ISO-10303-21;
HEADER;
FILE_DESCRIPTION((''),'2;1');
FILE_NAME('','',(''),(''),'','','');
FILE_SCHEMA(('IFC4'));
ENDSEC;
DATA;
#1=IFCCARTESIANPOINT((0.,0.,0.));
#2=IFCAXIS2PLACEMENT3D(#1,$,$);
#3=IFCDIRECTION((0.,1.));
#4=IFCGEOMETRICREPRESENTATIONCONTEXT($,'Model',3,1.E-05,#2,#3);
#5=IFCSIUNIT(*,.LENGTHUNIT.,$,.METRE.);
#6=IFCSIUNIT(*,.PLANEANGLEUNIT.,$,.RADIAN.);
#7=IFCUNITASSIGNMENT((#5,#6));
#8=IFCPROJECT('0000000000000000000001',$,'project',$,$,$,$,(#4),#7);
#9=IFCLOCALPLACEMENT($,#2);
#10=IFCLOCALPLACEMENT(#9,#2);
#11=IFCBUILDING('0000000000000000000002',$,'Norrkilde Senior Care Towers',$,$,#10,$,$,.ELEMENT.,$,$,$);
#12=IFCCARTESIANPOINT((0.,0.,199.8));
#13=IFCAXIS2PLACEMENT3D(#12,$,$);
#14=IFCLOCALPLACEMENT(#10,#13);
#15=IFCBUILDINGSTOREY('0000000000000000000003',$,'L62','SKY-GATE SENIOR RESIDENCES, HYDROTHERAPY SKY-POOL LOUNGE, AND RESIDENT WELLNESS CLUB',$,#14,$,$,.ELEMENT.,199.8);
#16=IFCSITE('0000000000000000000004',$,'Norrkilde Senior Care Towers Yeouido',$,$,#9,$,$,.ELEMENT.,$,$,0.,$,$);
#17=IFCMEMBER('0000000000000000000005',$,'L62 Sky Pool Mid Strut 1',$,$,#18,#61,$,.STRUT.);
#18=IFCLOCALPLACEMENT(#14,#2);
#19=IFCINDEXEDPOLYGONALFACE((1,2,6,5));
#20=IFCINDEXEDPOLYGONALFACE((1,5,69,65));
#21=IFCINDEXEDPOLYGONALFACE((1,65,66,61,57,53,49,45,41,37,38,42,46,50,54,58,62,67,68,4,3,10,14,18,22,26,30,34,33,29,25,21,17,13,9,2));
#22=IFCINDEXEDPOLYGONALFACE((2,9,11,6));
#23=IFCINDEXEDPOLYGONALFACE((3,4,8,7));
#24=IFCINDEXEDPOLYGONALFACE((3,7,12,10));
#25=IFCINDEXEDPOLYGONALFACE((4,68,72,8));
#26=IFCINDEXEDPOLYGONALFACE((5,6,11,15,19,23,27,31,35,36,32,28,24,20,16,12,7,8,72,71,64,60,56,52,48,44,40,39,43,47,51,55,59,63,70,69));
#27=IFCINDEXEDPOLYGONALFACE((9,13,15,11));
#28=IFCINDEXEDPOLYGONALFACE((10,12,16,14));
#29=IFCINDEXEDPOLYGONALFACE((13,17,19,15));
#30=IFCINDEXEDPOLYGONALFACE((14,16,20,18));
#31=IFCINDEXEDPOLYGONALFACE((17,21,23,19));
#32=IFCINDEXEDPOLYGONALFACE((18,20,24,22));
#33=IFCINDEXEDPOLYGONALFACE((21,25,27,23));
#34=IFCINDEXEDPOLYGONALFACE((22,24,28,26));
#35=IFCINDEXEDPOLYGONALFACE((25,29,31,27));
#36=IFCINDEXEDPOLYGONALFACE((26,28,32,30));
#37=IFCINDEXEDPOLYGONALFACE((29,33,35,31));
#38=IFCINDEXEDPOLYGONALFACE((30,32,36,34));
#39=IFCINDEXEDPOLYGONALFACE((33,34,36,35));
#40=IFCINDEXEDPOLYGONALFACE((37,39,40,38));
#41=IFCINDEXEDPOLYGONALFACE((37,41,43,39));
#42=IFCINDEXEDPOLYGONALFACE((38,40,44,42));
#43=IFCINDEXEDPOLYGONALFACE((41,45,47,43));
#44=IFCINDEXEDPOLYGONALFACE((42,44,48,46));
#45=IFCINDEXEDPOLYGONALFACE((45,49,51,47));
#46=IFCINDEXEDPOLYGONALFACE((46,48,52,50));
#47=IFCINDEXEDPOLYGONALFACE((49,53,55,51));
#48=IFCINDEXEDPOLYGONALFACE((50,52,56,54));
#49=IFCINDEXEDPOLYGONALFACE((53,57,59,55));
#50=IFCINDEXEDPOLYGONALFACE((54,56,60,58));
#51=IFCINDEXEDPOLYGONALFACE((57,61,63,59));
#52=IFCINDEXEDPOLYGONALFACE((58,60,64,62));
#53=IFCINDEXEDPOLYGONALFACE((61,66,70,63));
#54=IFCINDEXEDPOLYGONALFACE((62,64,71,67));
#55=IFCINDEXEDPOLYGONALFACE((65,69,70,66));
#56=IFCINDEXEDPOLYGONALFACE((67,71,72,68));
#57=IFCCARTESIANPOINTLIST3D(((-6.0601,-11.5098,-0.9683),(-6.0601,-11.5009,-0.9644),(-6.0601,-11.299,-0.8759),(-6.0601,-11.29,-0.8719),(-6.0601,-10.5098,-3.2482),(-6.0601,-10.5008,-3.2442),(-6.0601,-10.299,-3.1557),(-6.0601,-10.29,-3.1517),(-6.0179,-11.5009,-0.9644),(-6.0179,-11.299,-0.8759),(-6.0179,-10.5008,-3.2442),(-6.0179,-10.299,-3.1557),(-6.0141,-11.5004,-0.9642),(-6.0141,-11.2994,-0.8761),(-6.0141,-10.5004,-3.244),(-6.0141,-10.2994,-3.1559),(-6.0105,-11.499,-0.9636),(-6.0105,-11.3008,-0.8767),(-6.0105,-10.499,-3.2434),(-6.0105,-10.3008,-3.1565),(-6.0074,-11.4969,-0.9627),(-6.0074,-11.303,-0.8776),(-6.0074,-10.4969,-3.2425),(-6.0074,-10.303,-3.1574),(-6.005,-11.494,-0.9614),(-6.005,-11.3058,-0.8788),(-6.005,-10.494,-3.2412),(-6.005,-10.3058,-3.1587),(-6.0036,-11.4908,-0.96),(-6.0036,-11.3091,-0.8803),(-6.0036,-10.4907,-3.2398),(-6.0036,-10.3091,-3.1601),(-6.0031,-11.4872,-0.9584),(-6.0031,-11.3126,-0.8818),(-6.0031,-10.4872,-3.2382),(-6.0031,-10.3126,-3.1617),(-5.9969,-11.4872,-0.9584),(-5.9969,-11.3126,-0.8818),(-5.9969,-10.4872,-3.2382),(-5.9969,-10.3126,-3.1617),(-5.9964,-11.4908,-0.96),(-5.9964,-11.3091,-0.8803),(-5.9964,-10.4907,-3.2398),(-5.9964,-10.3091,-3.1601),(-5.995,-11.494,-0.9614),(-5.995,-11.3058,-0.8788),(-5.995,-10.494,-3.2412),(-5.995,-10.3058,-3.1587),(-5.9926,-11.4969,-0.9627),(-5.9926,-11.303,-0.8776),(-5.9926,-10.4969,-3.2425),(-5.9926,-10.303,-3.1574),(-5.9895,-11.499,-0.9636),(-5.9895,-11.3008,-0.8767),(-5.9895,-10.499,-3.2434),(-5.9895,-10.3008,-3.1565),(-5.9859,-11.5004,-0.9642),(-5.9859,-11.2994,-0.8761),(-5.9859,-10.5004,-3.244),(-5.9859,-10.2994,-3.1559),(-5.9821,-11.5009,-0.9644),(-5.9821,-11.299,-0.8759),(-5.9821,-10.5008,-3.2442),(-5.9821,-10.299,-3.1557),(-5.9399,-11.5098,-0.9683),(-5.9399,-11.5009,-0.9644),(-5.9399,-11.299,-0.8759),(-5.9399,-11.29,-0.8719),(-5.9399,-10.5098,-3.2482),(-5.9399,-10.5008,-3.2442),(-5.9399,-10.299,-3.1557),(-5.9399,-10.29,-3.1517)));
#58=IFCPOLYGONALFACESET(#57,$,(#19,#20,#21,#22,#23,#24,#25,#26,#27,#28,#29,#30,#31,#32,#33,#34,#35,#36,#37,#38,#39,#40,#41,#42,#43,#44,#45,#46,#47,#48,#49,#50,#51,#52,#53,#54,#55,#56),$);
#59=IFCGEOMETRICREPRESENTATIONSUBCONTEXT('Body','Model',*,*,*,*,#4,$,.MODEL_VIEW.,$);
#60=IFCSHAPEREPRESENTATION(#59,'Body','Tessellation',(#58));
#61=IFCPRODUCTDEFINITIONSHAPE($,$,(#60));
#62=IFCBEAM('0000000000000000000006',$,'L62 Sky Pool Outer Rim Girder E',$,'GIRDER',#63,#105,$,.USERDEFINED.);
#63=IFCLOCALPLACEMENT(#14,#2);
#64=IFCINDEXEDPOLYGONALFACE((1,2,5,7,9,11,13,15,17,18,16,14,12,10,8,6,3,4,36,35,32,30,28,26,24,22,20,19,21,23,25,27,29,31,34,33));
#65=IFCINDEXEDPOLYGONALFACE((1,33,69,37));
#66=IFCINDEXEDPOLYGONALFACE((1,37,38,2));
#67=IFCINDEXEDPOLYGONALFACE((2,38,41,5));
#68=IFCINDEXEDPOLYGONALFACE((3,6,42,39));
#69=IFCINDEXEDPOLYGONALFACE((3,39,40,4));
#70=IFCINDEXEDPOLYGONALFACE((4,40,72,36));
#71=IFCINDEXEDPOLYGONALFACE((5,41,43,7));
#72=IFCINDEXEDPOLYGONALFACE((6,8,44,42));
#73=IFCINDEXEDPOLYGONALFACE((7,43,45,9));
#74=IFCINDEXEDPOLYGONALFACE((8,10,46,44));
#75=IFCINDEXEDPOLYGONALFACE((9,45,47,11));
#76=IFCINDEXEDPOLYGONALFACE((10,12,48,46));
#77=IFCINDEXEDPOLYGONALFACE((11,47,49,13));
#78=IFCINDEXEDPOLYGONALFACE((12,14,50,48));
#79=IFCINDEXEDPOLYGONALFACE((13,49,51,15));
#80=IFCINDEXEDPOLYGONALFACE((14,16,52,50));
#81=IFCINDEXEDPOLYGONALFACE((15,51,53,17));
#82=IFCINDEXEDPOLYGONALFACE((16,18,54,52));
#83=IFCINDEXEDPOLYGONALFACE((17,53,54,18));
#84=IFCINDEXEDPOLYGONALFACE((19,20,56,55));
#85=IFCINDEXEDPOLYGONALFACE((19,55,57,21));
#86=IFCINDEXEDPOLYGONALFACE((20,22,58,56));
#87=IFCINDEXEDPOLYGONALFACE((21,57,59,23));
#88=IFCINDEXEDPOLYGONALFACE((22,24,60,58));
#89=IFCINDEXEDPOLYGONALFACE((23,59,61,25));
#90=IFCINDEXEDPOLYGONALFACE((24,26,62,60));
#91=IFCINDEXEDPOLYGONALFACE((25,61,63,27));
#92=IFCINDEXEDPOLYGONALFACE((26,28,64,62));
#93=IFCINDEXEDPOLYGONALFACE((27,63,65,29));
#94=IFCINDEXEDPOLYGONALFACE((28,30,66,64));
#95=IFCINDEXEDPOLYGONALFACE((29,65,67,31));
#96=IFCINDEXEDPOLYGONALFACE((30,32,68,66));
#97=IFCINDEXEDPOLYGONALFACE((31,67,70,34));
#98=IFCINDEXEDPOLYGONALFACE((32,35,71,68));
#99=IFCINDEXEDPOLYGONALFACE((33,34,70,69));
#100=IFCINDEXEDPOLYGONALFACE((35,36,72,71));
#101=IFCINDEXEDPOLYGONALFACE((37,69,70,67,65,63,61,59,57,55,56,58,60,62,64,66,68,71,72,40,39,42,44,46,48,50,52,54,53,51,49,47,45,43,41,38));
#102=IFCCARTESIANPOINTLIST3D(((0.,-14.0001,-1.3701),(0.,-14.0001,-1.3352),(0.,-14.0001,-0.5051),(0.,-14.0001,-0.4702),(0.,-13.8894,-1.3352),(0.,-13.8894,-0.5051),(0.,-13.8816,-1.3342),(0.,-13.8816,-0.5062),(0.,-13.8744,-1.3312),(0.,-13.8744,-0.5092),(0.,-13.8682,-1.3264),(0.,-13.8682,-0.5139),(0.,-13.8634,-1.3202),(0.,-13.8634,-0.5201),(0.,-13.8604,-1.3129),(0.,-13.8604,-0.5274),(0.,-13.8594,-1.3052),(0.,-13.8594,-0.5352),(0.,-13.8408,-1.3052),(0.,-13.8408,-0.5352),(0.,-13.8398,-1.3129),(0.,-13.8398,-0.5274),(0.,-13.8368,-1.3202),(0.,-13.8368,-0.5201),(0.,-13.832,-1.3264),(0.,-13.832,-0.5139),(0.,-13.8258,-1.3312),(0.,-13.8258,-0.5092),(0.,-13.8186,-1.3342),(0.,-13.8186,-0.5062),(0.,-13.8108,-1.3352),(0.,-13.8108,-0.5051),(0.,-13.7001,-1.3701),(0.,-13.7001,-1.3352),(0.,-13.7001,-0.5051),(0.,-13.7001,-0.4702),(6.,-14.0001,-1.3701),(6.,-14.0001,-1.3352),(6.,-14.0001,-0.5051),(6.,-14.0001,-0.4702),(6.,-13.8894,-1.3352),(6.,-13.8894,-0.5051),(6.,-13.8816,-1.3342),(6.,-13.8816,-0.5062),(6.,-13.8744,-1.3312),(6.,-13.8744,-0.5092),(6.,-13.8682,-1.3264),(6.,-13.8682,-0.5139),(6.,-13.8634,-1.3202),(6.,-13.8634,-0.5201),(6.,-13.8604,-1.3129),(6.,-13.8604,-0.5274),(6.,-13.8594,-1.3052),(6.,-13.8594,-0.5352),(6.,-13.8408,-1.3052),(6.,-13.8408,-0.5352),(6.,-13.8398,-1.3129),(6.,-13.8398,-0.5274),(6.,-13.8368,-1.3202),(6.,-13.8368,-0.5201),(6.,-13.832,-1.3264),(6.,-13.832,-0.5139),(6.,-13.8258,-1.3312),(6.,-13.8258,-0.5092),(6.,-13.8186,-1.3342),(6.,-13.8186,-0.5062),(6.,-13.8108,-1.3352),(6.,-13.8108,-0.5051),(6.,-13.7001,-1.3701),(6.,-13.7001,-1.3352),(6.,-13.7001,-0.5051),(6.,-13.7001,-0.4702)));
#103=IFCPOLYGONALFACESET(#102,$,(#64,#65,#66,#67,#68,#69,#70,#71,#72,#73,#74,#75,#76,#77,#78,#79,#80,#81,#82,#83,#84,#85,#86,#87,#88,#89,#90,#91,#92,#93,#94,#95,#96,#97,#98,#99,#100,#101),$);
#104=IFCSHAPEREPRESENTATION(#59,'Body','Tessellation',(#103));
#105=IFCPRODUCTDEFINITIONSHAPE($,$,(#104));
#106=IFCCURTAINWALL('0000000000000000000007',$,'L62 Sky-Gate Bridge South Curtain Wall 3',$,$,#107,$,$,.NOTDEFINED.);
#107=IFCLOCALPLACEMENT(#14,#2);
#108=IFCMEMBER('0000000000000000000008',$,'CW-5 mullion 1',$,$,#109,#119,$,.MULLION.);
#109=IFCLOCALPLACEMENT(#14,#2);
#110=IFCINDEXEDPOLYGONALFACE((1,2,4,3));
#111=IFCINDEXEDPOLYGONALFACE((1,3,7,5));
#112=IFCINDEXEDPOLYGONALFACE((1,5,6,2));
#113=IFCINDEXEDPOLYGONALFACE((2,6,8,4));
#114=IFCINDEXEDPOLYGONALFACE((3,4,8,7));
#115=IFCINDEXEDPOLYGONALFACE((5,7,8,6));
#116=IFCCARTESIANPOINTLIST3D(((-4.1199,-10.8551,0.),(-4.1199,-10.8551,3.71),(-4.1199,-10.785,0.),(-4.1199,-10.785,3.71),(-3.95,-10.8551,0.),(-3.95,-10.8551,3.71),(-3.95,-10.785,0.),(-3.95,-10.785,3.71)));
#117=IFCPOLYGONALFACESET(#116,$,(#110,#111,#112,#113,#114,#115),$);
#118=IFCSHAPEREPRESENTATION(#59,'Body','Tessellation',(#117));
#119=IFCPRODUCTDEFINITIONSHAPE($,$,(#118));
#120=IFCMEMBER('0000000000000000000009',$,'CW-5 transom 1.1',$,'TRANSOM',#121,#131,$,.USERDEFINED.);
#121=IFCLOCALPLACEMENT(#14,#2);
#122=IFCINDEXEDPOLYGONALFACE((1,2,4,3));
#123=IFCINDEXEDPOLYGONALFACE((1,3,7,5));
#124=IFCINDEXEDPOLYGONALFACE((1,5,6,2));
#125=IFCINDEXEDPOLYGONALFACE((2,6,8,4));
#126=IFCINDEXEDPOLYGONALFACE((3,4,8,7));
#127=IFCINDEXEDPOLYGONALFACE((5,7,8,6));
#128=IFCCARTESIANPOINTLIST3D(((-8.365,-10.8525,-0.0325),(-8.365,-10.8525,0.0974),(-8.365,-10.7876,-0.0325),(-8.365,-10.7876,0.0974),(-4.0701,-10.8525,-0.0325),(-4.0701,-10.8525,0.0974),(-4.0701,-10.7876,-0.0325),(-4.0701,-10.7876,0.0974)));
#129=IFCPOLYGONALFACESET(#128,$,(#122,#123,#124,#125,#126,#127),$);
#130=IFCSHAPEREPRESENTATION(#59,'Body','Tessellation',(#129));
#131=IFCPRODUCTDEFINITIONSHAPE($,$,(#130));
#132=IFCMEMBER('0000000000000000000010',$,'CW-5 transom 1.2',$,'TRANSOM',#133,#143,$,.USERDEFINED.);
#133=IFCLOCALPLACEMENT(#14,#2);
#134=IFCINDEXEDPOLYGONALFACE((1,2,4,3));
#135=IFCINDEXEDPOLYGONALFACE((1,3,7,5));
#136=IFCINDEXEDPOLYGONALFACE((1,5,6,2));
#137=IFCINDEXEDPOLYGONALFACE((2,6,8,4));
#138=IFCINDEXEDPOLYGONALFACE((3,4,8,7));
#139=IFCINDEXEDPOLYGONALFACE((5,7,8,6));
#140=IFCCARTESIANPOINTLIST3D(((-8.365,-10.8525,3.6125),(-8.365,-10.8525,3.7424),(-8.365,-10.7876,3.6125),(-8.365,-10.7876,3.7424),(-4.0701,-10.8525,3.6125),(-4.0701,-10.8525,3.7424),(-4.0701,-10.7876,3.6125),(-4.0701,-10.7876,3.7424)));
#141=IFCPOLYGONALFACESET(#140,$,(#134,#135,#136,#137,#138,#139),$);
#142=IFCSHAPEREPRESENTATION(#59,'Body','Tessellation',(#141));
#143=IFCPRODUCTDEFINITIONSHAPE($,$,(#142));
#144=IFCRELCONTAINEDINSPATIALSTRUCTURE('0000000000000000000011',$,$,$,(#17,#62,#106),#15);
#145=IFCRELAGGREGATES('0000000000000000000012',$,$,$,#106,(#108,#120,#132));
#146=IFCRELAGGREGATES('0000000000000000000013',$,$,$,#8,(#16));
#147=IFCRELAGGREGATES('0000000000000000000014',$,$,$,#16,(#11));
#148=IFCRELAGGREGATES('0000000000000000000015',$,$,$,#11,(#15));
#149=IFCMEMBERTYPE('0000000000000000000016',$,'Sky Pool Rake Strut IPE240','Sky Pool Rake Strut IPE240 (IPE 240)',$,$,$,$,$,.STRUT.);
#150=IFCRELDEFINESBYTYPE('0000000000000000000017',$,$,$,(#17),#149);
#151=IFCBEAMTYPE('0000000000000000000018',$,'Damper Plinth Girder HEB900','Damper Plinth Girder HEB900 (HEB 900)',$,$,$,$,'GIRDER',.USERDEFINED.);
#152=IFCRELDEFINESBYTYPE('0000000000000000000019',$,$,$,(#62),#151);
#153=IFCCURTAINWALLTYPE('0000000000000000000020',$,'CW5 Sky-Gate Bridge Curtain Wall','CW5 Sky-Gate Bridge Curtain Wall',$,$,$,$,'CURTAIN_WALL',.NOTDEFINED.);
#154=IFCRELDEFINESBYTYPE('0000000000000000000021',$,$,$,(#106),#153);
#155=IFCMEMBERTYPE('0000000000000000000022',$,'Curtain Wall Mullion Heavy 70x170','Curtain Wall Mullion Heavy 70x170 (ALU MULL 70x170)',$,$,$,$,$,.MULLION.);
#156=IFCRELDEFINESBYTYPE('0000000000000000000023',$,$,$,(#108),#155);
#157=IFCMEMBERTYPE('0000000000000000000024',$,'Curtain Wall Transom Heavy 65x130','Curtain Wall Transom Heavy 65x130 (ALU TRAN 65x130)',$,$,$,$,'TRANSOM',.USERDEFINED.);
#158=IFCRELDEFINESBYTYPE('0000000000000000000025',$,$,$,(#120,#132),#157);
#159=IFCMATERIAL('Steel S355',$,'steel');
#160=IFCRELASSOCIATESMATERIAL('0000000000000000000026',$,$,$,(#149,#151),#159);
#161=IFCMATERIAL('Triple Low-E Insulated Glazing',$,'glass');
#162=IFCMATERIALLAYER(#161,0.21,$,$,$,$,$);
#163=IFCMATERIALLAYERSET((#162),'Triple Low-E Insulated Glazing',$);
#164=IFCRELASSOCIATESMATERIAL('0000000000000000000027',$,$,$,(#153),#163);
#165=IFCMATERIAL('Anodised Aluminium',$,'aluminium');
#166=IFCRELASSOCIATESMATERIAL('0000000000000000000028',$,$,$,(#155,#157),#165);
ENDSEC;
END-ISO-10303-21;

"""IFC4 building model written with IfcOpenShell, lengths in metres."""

from ifc_helpers import new_model, si_unit, direction, frame, origin, origin_2d, place, context, subcontext, project, spatial, rectangle, i_section, extrude, source, transform, mapped, material, layer, layer_set, material_profile, profile_set, type_object, type_shapes, element, aggregate, save


model = new_model("IFC4")

# Units and contexts
model_context = context("Model", 3, precision=1e-05, world=origin(), true_north=direction((0.0, 1.0)))
body_context = subcontext(model_context, "Body", "Model", "MODEL_VIEW")
ifc_project = project(units=[si_unit("LENGTHUNIT", "METRE"), si_unit("PLANEANGLEUNIT", "RADIAN")], contexts=[model_context])

# Site, building, storey
site_placement = place(None, origin())
site = spatial("IfcSite", under=ifc_project, at=site_placement, Name="Norrkilde Senior Care Towers Yeouido", CompositionType="ELEMENT", RefElevation=0.0)
building_placement = place(site_placement, origin())
building = spatial("IfcBuilding", under=site, at=building_placement, Name="Norrkilde Senior Care Towers", CompositionType="ELEMENT")
storey_placement = place(building_placement, frame((0.0, 0.0, 199.8)))
storey = spatial("IfcBuildingStorey", under=building, at=storey_placement, Name="L62", Description="SKY-GATE SENIOR RESIDENCES, HYDROTHERAPY SKY-POOL LOUNGE, AND RESIDENT WELLNESS CLUB", CompositionType="ELEMENT", Elevation=199.8)

# Shared definitions
ifc_material_1 = material(Name="Steel S355", Category="steel")

# Member
ifc_material_profile_1 = material_profile(ifc_material_1, i_section(OverallWidth=0.1201, OverallDepth=0.24, WebThickness=0.0061, FlangeThickness=0.0098, FilletRadius=0.0149, at=origin_2d()), Name="IPE 240")
ifc_profile_set_1 = profile_set([ifc_material_profile_1], Name="Steel S355")
member_type_1 = type_object("IfcMemberType", Name="Sky Pool Rake Strut IPE240", Description="Sky Pool Rake Strut IPE240 (IPE 240)", PredefinedType="STRUT", material=ifc_profile_set_1)
shared_shape_1 = source(origin(), body_context, "Body", "SweptSolid", [
    extrude(i_section(OverallWidth=0.1201, OverallDepth=0.24, WebThickness=0.0061, FlangeThickness=0.0098, FilletRadius=0.0149, at=origin_2d()), origin(), (0.0, 0.0, 1.0), 2.4895),
])
member_1_placement = place(storey_placement, frame((-6.0, -10.3999, -3.2), z_axis=(0.0, -0.401693, 0.915774), x_axis=(1.0, 0.0, 0.0)))
element("IfcMember", 1, at=member_1_placement, inside=storey, type_object=member_type_1, Name="L62 Sky Pool Mid Strut 1", PredefinedType="STRUT", context=body_context, shape_type="MappedRepresentation", body=[
    mapped(shared_shape_1, transform((0.0, 0.0, 0.0), x_axis=(1.0, 0.0, 0.0), y_axis=(0.0, 1.0, 0.0), z_axis=(0.0, 0.0, 1.0), scale=1.0)),
])

# Beam
ifc_material_profile_2 = material_profile(ifc_material_1, i_section(OverallWidth=0.3, OverallDepth=0.8999, WebThickness=0.0186, FlangeThickness=0.0349, FilletRadius=0.03, at=origin_2d()), Name="HEB 900")
ifc_profile_set_2 = profile_set([ifc_material_profile_2], Name="Steel S355")
beam_type_1 = type_object("IfcBeamType", Name="Damper Plinth Girder HEB900", Description="Damper Plinth Girder HEB900 (HEB 900)", ElementType="GIRDER", PredefinedType="USERDEFINED", material=ifc_profile_set_2)
shared_shape_2 = source(origin(), body_context, "Body", "SweptSolid", [
    extrude(i_section(OverallWidth=0.3, OverallDepth=0.8999, WebThickness=0.0186, FlangeThickness=0.0349, FilletRadius=0.03, at=origin_2d()), origin(), (0.0, 0.0, 1.0), 6.0),
])
type_shapes(beam_type_1, [shared_shape_2])
beam_1_placement = place(storey_placement, frame((0.0, -13.8501, -0.9202), z_axis=(1.0, 0.0, 0.0), x_axis=(0.0, 1.0, 0.0)))
element("IfcBeam", 2, at=beam_1_placement, inside=storey, type_object=beam_type_1, Name="L62 Sky Pool Outer Rim Girder E", ObjectType="GIRDER", PredefinedType="USERDEFINED", context=body_context, shape_type="MappedRepresentation", body=[
    mapped(shared_shape_2, transform((0.0, 0.0, 0.0), x_axis=(1.0, 0.0, 0.0), y_axis=(0.0, 1.0, 0.0), z_axis=(0.0, 0.0, 1.0), scale=1.0)),
])

# Curtain wall, members
ifc_material_2 = material(Name="Triple Low-E Insulated Glazing", Category="glass")
ifc_layer_1 = layer(ifc_material_2, 0.21)
ifc_layer_set_1 = layer_set([ifc_layer_1], Name="Triple Low-E Insulated Glazing")
curtain_wall_type = type_object("IfcCurtainWallType", Name="CW5 Sky-Gate Bridge Curtain Wall", Description="CW5 Sky-Gate Bridge Curtain Wall", ElementType="CURTAIN_WALL", PredefinedType="NOTDEFINED", material=ifc_layer_set_1)
curtain_wall_placement = place(storey_placement, origin())
curtain_wall = element("IfcCurtainWall", 3, at=curtain_wall_placement, inside=storey, type_object=curtain_wall_type, Name="L62 Sky-Gate Bridge South Curtain Wall 3", PredefinedType="NOTDEFINED")
ifc_material_3 = material(Name="Anodised Aluminium", Category="aluminium")
ifc_material_profile_3 = material_profile(ifc_material_3, rectangle(XDim=0.0701, YDim=0.1699, at=origin_2d()), Name="ALU MULL 70x170")
ifc_profile_set_3 = profile_set([ifc_material_profile_3], Name="Anodised Aluminium")
member_type_2 = type_object("IfcMemberType", Name="Curtain Wall Mullion Heavy 70x170", Description="Curtain Wall Mullion Heavy 70x170 (ALU MULL 70x170)", PredefinedType="MULLION", material=ifc_profile_set_3)
shared_shape_3 = source(origin(), body_context, "Body", "SweptSolid", [
    extrude(rectangle(XDim=0.0701, YDim=0.1699, at=origin_2d()), origin(), (0.0, 0.0, 1.0), 3.71),
])
type_shapes(member_type_2, [shared_shape_3])
member_2_placement = place(storey_placement, frame((-4.0349, -10.8201, 0.0), z_axis=(0.0, 0.0, 1.0), x_axis=(0.0, -1.0, 0.0)))
member_2 = element("IfcMember", 4, at=member_2_placement, type_object=member_type_2, Name="CW-5 mullion 1", PredefinedType="MULLION", context=body_context, shape_type="MappedRepresentation", body=[
    mapped(shared_shape_3, transform((0.0, 0.0, 0.0), x_axis=(1.0, 0.0, 0.0), y_axis=(0.0, 1.0, 0.0), z_axis=(0.0, 0.0, 1.0), scale=1.0)),
])
ifc_material_profile_4 = material_profile(ifc_material_3, rectangle(XDim=0.0649, YDim=0.1299, at=origin_2d()), Name="ALU TRAN 65x130")
ifc_profile_set_4 = profile_set([ifc_material_profile_4], Name="Anodised Aluminium")
member_type_3 = type_object("IfcMemberType", Name="Curtain Wall Transom Heavy 65x130", Description="Curtain Wall Transom Heavy 65x130 (ALU TRAN 65x130)", ElementType="TRANSOM", PredefinedType="USERDEFINED", material=ifc_profile_set_4)
shared_shape_4 = source(origin(), body_context, "Body", "SweptSolid", [
    extrude(rectangle(XDim=0.0649, YDim=0.1299, at=origin_2d()), origin(), (0.0, 0.0, 1.0), 4.2949),
])
type_shapes(member_type_3, [shared_shape_4])
member_3_placement = place(storey_placement, frame((-4.0701, -10.8201, 0.0325), z_axis=(-1.0, 0.0, 0.0), x_axis=(0.0, -1.0, 0.0)))
member_3 = element("IfcMember", 5, at=member_3_placement, type_object=member_type_3, Name="CW-5 transom 1.1", ObjectType="TRANSOM", PredefinedType="USERDEFINED", context=body_context, shape_type="MappedRepresentation", body=[
    mapped(shared_shape_4, transform((0.0, 0.0, 0.0), x_axis=(1.0, 0.0, 0.0), y_axis=(0.0, 1.0, 0.0), z_axis=(0.0, 0.0, 1.0), scale=1.0)),
])
member_4_placement = place(storey_placement, frame((-4.0701, -10.8201, 3.6775), z_axis=(-1.0, 0.0, 0.0), x_axis=(0.0, -1.0, 0.0)))
member_4 = element("IfcMember", 6, at=member_4_placement, type_object=member_type_3, Name="CW-5 transom 1.2", ObjectType="TRANSOM", PredefinedType="USERDEFINED", context=body_context, shape_type="MappedRepresentation", body=[
    mapped(shared_shape_4, transform((0.0, 0.0, 0.0), x_axis=(1.0, 0.0, 0.0), y_axis=(0.0, 1.0, 0.0), z_axis=(0.0, 0.0, 1.0), scale=1.0)),
])
aggregate(curtain_wall, [member_2, member_3, member_4])

save(model, "model.ifc")
